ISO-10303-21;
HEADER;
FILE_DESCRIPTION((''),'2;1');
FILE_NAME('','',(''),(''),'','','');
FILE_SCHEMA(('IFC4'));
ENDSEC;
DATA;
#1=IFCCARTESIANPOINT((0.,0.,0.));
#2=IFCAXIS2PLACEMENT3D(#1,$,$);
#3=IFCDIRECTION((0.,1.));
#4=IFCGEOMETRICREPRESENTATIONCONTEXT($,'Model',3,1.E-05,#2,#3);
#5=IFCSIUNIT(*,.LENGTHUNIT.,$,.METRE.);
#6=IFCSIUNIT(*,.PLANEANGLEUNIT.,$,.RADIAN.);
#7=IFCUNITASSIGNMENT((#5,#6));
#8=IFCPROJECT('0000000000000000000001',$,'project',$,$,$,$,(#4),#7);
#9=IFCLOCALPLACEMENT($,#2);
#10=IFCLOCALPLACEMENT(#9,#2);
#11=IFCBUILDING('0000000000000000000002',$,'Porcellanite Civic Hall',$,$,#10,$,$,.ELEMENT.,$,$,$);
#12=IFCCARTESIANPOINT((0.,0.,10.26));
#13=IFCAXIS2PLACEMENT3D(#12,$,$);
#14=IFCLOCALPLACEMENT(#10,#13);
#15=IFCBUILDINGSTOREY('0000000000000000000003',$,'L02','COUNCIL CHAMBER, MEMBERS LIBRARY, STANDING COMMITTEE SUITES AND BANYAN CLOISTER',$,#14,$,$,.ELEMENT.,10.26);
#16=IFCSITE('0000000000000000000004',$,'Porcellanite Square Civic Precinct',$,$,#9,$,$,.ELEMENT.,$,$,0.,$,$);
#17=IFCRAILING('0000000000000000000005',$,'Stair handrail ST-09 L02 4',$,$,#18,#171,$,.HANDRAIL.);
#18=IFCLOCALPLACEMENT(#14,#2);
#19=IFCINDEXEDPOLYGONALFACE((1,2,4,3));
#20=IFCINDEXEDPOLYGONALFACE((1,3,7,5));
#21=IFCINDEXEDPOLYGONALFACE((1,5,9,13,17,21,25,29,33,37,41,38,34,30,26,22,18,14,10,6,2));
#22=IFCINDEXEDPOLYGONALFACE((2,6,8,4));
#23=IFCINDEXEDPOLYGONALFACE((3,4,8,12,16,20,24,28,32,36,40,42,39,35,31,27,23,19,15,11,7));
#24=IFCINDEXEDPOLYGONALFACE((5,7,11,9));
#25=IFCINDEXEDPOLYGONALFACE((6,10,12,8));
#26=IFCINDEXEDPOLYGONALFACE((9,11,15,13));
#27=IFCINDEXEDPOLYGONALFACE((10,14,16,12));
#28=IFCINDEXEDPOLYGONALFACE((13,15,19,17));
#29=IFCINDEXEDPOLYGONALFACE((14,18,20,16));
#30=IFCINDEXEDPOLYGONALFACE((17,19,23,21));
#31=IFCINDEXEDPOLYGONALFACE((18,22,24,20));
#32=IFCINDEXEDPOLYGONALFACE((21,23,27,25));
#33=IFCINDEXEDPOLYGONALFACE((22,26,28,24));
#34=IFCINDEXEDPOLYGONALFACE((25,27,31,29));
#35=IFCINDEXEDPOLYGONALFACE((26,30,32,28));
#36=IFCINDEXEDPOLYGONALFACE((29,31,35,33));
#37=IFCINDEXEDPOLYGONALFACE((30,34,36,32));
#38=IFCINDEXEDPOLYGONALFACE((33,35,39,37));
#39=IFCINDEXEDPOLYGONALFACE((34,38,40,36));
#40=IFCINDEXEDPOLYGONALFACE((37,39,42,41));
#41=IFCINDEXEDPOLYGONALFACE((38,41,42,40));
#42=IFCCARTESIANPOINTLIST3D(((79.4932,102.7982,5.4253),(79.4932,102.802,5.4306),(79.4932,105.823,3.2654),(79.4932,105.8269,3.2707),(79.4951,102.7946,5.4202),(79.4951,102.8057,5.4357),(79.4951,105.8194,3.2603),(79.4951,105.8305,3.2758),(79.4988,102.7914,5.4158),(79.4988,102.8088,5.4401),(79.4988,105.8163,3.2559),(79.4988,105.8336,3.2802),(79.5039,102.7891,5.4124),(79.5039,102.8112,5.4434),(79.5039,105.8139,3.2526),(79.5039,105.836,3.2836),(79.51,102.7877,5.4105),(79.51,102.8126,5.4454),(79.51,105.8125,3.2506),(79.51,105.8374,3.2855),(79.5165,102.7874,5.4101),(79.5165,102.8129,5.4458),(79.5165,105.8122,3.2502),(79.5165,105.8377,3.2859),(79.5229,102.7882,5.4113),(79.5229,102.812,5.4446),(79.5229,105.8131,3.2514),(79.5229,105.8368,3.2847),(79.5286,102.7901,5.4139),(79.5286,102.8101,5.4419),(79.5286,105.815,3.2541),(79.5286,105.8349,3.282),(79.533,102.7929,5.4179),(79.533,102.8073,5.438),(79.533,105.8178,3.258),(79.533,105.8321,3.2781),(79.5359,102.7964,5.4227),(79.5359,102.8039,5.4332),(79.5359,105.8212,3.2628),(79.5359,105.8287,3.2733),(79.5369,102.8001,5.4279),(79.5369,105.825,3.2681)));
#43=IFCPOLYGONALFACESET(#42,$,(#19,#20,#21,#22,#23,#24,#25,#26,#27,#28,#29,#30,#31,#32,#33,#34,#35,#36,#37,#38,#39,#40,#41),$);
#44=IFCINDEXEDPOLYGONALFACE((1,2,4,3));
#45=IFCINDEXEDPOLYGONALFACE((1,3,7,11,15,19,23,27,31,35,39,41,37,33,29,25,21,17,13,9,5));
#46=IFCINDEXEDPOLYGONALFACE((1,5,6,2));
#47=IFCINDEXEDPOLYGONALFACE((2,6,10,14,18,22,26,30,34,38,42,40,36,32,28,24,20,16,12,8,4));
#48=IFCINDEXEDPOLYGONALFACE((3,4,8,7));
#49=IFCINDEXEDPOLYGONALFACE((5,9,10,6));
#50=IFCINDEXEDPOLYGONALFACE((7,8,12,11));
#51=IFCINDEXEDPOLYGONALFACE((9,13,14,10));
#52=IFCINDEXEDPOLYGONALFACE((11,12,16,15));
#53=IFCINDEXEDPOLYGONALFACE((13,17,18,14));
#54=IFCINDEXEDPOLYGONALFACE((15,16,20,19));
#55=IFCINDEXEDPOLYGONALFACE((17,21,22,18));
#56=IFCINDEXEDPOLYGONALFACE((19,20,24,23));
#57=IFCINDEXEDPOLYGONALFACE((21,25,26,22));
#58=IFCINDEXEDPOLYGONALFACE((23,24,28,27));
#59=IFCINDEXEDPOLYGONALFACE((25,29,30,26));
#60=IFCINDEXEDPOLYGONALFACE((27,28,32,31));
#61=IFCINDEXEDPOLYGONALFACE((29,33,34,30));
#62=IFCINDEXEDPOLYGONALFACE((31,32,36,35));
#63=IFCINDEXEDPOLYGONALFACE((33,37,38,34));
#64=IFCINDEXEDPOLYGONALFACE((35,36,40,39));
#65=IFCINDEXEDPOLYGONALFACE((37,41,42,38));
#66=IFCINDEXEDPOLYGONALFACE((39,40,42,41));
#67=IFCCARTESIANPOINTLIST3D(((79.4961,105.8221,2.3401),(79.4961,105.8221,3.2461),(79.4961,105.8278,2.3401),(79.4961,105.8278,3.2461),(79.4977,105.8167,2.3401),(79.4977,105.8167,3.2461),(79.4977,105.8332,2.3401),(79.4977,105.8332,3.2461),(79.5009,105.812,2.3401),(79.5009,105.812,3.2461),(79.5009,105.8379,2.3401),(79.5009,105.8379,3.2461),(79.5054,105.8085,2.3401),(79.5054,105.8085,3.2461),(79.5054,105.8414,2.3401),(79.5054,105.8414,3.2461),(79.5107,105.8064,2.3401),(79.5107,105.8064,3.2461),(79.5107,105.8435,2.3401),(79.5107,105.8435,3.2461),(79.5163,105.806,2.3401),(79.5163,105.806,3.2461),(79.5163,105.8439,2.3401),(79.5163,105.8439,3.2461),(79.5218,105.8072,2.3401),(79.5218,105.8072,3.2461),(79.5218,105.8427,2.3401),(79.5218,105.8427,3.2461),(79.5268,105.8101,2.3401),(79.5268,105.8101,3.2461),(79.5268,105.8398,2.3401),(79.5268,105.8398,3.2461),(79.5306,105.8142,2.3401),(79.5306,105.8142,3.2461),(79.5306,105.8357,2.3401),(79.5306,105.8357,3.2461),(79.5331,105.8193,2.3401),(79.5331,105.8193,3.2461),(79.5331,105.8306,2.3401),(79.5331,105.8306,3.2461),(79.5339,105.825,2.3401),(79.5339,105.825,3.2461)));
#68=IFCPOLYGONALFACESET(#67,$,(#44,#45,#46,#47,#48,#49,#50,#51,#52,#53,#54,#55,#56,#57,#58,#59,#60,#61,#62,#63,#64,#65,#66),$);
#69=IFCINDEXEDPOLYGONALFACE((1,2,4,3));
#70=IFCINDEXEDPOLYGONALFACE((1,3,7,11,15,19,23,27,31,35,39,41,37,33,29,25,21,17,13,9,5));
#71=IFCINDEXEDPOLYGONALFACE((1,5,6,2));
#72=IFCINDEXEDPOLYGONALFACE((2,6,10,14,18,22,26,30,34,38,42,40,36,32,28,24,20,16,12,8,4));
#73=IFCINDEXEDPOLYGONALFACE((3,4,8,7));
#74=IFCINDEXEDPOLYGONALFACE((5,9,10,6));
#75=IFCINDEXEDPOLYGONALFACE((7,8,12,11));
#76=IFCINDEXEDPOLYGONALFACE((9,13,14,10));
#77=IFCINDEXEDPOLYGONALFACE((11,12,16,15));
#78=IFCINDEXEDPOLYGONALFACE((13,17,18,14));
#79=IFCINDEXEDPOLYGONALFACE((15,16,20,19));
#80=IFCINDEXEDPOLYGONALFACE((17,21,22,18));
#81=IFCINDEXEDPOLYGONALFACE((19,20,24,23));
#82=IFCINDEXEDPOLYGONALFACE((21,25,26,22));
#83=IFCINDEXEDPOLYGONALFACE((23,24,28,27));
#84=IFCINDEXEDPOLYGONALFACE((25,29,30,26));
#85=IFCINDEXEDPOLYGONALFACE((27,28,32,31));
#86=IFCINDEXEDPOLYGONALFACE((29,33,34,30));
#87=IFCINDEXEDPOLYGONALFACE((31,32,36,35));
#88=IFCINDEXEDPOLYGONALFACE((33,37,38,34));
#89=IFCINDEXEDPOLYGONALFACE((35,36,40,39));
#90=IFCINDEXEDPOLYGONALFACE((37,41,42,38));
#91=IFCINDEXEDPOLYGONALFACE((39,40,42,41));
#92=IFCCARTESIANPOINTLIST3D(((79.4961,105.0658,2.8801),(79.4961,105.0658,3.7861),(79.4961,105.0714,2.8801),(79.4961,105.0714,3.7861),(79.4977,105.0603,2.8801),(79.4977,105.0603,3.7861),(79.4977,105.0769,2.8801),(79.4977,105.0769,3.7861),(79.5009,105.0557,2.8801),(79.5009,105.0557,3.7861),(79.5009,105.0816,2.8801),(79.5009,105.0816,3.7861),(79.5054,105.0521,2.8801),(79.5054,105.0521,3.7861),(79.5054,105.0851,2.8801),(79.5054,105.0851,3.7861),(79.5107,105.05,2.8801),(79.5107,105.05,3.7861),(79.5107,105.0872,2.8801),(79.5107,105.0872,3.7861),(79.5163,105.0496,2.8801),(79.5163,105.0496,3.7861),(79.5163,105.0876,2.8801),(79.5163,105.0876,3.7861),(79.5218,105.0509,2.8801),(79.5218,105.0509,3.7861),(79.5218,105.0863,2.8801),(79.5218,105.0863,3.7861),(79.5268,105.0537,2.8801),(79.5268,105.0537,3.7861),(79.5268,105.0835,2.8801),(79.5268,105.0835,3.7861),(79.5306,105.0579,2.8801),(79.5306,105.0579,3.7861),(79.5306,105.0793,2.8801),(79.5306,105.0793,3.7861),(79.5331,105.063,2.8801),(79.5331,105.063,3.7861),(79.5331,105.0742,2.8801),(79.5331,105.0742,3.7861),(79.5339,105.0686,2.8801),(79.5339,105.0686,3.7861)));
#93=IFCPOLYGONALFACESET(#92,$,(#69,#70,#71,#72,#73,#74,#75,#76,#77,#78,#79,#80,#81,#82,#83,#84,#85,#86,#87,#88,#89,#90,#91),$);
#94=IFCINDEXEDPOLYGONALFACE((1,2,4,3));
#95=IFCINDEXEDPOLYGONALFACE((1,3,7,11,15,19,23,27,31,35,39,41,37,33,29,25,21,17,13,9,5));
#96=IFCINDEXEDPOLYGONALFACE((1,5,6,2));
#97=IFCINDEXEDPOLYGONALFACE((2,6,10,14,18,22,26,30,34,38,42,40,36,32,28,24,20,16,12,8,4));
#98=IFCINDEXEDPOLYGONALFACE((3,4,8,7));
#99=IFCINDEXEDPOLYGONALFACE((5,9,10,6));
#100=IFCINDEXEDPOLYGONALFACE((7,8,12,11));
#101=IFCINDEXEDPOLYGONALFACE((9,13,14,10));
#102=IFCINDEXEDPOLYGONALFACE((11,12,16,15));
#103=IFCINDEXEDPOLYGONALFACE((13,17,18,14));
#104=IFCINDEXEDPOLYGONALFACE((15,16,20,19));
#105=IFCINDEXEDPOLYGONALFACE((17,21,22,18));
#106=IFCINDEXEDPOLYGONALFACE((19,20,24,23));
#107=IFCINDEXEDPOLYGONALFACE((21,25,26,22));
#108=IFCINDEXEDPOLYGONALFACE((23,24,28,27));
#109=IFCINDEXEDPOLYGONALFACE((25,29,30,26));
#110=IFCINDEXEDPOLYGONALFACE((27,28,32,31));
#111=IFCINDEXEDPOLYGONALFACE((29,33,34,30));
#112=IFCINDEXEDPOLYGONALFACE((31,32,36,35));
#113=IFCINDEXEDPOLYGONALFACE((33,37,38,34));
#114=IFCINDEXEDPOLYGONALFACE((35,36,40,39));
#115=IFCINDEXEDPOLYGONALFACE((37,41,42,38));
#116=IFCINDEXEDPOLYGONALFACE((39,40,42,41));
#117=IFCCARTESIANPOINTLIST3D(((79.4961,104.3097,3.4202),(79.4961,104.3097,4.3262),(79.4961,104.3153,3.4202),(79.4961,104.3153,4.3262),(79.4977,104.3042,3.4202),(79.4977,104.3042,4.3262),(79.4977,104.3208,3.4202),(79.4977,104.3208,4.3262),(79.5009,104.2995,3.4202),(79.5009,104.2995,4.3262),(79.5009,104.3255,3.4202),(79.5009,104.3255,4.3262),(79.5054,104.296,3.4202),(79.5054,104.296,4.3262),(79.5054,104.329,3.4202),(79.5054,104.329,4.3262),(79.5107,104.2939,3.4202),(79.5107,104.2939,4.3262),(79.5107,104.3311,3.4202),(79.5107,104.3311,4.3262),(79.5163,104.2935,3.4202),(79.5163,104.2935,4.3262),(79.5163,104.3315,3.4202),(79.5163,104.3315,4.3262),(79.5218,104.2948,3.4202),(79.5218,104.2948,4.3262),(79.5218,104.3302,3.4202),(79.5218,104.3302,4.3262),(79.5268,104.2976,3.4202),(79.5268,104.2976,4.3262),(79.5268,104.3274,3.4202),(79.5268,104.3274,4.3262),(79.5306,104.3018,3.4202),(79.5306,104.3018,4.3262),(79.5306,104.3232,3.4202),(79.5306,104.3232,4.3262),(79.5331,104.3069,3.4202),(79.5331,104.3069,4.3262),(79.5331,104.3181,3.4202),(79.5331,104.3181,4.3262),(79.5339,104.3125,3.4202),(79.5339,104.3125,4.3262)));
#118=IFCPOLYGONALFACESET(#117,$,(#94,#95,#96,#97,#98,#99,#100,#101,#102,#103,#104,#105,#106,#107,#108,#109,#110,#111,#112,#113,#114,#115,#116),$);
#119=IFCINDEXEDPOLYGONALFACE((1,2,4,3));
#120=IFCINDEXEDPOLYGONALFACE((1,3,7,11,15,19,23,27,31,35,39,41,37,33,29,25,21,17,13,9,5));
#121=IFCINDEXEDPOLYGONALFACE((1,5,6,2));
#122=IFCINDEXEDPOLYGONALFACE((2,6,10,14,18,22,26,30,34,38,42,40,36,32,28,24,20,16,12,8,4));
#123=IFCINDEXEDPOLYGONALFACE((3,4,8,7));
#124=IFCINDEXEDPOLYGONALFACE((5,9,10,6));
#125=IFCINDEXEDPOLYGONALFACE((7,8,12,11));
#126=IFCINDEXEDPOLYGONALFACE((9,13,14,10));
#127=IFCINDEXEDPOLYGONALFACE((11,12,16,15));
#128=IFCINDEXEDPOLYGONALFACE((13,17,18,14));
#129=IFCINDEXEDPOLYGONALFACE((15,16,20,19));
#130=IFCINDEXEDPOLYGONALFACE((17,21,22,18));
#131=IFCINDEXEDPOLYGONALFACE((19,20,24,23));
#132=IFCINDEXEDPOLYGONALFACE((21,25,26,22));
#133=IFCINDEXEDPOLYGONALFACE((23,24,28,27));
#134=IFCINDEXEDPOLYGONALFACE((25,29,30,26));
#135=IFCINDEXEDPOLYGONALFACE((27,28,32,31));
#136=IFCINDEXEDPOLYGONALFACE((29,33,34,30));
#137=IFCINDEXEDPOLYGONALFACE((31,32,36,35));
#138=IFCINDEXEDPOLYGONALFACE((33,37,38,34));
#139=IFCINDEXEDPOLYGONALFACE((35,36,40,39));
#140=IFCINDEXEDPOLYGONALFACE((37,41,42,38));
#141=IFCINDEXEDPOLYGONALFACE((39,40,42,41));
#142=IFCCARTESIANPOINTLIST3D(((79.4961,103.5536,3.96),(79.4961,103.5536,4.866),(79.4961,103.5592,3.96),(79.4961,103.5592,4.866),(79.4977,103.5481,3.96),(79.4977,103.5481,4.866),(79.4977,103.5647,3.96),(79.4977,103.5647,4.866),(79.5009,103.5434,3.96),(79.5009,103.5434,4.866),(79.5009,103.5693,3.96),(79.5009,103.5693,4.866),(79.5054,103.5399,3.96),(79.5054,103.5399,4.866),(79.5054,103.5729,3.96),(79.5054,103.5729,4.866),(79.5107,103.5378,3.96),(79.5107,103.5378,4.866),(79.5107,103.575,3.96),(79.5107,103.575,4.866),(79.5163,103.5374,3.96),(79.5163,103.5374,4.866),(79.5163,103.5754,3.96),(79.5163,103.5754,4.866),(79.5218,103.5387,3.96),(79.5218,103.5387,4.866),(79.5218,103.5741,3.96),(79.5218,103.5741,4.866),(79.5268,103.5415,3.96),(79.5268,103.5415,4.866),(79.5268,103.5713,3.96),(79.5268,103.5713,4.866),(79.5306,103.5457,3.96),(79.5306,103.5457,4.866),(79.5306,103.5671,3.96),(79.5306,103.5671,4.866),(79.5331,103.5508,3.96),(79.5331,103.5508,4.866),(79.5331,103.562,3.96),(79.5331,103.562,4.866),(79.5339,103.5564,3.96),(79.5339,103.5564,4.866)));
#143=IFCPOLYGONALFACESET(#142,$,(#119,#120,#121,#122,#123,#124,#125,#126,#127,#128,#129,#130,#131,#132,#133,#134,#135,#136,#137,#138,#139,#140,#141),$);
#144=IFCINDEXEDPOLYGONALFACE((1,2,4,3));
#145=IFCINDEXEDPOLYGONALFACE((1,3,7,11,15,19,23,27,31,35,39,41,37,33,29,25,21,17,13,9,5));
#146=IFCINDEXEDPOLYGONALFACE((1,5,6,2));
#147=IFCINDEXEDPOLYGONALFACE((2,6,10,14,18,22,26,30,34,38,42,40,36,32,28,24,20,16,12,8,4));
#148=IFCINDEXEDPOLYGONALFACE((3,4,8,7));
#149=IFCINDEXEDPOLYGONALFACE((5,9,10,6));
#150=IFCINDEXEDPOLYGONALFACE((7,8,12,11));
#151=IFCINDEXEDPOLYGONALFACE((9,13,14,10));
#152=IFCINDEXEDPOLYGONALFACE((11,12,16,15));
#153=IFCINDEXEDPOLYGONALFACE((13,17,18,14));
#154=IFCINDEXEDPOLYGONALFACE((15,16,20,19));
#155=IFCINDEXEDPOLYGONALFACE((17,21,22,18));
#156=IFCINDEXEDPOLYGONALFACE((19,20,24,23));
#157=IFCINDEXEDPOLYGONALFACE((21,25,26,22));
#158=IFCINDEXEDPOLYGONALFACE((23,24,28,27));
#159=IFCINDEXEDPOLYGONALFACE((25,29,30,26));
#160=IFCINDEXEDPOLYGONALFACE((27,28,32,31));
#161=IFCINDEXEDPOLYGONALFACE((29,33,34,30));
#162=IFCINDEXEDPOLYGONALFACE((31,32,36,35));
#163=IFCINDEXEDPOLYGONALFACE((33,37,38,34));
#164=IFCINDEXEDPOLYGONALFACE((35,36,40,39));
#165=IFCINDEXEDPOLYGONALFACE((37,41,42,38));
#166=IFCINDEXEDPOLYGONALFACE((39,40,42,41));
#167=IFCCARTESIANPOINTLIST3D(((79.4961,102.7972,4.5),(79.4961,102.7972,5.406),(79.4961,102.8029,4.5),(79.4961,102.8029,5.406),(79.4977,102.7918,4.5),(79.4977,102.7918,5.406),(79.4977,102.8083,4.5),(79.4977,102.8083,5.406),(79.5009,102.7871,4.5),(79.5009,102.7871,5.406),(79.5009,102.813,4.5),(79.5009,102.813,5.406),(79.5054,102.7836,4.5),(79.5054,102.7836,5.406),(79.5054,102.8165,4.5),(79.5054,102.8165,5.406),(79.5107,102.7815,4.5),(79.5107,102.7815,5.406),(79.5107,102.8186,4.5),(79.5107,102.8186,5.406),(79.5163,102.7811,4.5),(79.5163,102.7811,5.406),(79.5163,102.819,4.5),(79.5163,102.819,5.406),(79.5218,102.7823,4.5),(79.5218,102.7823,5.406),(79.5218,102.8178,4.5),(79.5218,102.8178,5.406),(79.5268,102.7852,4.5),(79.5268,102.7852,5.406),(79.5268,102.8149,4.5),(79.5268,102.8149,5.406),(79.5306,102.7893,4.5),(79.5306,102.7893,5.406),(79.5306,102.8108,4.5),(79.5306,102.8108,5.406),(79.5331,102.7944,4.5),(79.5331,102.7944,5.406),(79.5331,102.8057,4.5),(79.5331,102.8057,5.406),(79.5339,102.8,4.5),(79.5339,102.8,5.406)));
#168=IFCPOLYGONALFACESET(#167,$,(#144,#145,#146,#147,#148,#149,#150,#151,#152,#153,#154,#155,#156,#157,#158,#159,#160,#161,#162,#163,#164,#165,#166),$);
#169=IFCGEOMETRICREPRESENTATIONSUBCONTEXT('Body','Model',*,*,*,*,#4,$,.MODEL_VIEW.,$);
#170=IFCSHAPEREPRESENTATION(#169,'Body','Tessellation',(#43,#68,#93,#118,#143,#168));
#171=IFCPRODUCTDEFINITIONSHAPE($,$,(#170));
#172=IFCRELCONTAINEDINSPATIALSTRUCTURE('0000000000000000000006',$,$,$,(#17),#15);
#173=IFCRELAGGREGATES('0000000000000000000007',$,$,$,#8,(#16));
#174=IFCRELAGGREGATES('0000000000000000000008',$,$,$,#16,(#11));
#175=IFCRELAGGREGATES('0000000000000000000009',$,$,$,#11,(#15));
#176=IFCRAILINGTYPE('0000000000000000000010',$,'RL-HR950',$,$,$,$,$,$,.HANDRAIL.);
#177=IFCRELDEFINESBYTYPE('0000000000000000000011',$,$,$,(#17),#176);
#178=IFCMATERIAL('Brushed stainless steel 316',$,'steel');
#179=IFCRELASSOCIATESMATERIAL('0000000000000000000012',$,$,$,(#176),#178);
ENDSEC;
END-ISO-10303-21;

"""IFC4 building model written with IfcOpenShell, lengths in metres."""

from ifc_helpers import new_model, si_unit, direction, frame, origin, origin_2d, place, context, subcontext, project, spatial, circle, extrude, material, type_object, element, save


model = new_model("IFC4")

# Units and contexts
model_context = context("Model", 3, precision=1e-05, world=origin(), true_north=direction((0.0, 1.0)))
body_context = subcontext(model_context, "Body", "Model", "MODEL_VIEW")
ifc_project = project(units=[si_unit("LENGTHUNIT", "METRE"), si_unit("PLANEANGLEUNIT", "RADIAN")], contexts=[model_context])

# Site, building, storey
site_placement = place(None, origin())
site = spatial("IfcSite", under=ifc_project, at=site_placement, Name="Porcellanite Square Civic Precinct", CompositionType="ELEMENT", RefElevation=0.0)
building_placement = place(site_placement, origin())
building = spatial("IfcBuilding", under=site, at=building_placement, Name="Porcellanite Civic Hall", CompositionType="ELEMENT")
storey_placement = place(building_placement, frame((0.0, 0.0, 10.26)))
storey = spatial("IfcBuildingStorey", under=building, at=storey_placement, Name="L02", Description="COUNCIL CHAMBER, MEMBERS LIBRARY, STANDING COMMITTEE SUITES AND BANYAN CLOISTER", CompositionType="ELEMENT", Elevation=10.26)

# Railing
ifc_material_1 = material(Name="Brushed stainless steel 316", Category="steel")
railing_type_1 = type_object("IfcRailingType", Name="RL-HR950", PredefinedType="HANDRAIL", material=ifc_material_1)
railing_1_placement = place(storey_placement, frame((79.5149, 105.825, 2.3401)))
element("IfcRailing", 1, at=railing_1_placement, inside=storey, type_object=railing_type_1, Name="Stair handrail ST-09 L02 4", PredefinedType="HANDRAIL", context=body_context, shape_type="SweptSolid", body=[
    extrude(circle(Radius=0.022, at=origin_2d()), frame((0.0, 0.0, 0.928), z_axis=(0.0, -0.813827, 0.581108), x_axis=(1.0, 0.0, 0.0)), (0.0, 0.0, 1.0), 3.7168),
    extrude(circle(Radius=0.019, at=origin_2d()), origin(), (0.0, 0.0, 1.0), 0.906),
    extrude(circle(Radius=0.019, at=origin_2d()), frame((0.0, -0.7563, 0.54)), (0.0, 0.0, 1.0), 0.906),
    extrude(circle(Radius=0.019, at=origin_2d()), frame((0.0, -1.5125, 1.0801)), (0.0, 0.0, 1.0), 0.906),
    extrude(circle(Radius=0.019, at=origin_2d()), frame((0.0, -2.2686, 1.6199)), (0.0, 0.0, 1.0), 0.906),
    extrude(circle(Radius=0.019, at=origin_2d()), frame((0.0, -3.0249, 2.1599)), (0.0, 0.0, 1.0), 0.906),
])

save(model, "model.ifc")
